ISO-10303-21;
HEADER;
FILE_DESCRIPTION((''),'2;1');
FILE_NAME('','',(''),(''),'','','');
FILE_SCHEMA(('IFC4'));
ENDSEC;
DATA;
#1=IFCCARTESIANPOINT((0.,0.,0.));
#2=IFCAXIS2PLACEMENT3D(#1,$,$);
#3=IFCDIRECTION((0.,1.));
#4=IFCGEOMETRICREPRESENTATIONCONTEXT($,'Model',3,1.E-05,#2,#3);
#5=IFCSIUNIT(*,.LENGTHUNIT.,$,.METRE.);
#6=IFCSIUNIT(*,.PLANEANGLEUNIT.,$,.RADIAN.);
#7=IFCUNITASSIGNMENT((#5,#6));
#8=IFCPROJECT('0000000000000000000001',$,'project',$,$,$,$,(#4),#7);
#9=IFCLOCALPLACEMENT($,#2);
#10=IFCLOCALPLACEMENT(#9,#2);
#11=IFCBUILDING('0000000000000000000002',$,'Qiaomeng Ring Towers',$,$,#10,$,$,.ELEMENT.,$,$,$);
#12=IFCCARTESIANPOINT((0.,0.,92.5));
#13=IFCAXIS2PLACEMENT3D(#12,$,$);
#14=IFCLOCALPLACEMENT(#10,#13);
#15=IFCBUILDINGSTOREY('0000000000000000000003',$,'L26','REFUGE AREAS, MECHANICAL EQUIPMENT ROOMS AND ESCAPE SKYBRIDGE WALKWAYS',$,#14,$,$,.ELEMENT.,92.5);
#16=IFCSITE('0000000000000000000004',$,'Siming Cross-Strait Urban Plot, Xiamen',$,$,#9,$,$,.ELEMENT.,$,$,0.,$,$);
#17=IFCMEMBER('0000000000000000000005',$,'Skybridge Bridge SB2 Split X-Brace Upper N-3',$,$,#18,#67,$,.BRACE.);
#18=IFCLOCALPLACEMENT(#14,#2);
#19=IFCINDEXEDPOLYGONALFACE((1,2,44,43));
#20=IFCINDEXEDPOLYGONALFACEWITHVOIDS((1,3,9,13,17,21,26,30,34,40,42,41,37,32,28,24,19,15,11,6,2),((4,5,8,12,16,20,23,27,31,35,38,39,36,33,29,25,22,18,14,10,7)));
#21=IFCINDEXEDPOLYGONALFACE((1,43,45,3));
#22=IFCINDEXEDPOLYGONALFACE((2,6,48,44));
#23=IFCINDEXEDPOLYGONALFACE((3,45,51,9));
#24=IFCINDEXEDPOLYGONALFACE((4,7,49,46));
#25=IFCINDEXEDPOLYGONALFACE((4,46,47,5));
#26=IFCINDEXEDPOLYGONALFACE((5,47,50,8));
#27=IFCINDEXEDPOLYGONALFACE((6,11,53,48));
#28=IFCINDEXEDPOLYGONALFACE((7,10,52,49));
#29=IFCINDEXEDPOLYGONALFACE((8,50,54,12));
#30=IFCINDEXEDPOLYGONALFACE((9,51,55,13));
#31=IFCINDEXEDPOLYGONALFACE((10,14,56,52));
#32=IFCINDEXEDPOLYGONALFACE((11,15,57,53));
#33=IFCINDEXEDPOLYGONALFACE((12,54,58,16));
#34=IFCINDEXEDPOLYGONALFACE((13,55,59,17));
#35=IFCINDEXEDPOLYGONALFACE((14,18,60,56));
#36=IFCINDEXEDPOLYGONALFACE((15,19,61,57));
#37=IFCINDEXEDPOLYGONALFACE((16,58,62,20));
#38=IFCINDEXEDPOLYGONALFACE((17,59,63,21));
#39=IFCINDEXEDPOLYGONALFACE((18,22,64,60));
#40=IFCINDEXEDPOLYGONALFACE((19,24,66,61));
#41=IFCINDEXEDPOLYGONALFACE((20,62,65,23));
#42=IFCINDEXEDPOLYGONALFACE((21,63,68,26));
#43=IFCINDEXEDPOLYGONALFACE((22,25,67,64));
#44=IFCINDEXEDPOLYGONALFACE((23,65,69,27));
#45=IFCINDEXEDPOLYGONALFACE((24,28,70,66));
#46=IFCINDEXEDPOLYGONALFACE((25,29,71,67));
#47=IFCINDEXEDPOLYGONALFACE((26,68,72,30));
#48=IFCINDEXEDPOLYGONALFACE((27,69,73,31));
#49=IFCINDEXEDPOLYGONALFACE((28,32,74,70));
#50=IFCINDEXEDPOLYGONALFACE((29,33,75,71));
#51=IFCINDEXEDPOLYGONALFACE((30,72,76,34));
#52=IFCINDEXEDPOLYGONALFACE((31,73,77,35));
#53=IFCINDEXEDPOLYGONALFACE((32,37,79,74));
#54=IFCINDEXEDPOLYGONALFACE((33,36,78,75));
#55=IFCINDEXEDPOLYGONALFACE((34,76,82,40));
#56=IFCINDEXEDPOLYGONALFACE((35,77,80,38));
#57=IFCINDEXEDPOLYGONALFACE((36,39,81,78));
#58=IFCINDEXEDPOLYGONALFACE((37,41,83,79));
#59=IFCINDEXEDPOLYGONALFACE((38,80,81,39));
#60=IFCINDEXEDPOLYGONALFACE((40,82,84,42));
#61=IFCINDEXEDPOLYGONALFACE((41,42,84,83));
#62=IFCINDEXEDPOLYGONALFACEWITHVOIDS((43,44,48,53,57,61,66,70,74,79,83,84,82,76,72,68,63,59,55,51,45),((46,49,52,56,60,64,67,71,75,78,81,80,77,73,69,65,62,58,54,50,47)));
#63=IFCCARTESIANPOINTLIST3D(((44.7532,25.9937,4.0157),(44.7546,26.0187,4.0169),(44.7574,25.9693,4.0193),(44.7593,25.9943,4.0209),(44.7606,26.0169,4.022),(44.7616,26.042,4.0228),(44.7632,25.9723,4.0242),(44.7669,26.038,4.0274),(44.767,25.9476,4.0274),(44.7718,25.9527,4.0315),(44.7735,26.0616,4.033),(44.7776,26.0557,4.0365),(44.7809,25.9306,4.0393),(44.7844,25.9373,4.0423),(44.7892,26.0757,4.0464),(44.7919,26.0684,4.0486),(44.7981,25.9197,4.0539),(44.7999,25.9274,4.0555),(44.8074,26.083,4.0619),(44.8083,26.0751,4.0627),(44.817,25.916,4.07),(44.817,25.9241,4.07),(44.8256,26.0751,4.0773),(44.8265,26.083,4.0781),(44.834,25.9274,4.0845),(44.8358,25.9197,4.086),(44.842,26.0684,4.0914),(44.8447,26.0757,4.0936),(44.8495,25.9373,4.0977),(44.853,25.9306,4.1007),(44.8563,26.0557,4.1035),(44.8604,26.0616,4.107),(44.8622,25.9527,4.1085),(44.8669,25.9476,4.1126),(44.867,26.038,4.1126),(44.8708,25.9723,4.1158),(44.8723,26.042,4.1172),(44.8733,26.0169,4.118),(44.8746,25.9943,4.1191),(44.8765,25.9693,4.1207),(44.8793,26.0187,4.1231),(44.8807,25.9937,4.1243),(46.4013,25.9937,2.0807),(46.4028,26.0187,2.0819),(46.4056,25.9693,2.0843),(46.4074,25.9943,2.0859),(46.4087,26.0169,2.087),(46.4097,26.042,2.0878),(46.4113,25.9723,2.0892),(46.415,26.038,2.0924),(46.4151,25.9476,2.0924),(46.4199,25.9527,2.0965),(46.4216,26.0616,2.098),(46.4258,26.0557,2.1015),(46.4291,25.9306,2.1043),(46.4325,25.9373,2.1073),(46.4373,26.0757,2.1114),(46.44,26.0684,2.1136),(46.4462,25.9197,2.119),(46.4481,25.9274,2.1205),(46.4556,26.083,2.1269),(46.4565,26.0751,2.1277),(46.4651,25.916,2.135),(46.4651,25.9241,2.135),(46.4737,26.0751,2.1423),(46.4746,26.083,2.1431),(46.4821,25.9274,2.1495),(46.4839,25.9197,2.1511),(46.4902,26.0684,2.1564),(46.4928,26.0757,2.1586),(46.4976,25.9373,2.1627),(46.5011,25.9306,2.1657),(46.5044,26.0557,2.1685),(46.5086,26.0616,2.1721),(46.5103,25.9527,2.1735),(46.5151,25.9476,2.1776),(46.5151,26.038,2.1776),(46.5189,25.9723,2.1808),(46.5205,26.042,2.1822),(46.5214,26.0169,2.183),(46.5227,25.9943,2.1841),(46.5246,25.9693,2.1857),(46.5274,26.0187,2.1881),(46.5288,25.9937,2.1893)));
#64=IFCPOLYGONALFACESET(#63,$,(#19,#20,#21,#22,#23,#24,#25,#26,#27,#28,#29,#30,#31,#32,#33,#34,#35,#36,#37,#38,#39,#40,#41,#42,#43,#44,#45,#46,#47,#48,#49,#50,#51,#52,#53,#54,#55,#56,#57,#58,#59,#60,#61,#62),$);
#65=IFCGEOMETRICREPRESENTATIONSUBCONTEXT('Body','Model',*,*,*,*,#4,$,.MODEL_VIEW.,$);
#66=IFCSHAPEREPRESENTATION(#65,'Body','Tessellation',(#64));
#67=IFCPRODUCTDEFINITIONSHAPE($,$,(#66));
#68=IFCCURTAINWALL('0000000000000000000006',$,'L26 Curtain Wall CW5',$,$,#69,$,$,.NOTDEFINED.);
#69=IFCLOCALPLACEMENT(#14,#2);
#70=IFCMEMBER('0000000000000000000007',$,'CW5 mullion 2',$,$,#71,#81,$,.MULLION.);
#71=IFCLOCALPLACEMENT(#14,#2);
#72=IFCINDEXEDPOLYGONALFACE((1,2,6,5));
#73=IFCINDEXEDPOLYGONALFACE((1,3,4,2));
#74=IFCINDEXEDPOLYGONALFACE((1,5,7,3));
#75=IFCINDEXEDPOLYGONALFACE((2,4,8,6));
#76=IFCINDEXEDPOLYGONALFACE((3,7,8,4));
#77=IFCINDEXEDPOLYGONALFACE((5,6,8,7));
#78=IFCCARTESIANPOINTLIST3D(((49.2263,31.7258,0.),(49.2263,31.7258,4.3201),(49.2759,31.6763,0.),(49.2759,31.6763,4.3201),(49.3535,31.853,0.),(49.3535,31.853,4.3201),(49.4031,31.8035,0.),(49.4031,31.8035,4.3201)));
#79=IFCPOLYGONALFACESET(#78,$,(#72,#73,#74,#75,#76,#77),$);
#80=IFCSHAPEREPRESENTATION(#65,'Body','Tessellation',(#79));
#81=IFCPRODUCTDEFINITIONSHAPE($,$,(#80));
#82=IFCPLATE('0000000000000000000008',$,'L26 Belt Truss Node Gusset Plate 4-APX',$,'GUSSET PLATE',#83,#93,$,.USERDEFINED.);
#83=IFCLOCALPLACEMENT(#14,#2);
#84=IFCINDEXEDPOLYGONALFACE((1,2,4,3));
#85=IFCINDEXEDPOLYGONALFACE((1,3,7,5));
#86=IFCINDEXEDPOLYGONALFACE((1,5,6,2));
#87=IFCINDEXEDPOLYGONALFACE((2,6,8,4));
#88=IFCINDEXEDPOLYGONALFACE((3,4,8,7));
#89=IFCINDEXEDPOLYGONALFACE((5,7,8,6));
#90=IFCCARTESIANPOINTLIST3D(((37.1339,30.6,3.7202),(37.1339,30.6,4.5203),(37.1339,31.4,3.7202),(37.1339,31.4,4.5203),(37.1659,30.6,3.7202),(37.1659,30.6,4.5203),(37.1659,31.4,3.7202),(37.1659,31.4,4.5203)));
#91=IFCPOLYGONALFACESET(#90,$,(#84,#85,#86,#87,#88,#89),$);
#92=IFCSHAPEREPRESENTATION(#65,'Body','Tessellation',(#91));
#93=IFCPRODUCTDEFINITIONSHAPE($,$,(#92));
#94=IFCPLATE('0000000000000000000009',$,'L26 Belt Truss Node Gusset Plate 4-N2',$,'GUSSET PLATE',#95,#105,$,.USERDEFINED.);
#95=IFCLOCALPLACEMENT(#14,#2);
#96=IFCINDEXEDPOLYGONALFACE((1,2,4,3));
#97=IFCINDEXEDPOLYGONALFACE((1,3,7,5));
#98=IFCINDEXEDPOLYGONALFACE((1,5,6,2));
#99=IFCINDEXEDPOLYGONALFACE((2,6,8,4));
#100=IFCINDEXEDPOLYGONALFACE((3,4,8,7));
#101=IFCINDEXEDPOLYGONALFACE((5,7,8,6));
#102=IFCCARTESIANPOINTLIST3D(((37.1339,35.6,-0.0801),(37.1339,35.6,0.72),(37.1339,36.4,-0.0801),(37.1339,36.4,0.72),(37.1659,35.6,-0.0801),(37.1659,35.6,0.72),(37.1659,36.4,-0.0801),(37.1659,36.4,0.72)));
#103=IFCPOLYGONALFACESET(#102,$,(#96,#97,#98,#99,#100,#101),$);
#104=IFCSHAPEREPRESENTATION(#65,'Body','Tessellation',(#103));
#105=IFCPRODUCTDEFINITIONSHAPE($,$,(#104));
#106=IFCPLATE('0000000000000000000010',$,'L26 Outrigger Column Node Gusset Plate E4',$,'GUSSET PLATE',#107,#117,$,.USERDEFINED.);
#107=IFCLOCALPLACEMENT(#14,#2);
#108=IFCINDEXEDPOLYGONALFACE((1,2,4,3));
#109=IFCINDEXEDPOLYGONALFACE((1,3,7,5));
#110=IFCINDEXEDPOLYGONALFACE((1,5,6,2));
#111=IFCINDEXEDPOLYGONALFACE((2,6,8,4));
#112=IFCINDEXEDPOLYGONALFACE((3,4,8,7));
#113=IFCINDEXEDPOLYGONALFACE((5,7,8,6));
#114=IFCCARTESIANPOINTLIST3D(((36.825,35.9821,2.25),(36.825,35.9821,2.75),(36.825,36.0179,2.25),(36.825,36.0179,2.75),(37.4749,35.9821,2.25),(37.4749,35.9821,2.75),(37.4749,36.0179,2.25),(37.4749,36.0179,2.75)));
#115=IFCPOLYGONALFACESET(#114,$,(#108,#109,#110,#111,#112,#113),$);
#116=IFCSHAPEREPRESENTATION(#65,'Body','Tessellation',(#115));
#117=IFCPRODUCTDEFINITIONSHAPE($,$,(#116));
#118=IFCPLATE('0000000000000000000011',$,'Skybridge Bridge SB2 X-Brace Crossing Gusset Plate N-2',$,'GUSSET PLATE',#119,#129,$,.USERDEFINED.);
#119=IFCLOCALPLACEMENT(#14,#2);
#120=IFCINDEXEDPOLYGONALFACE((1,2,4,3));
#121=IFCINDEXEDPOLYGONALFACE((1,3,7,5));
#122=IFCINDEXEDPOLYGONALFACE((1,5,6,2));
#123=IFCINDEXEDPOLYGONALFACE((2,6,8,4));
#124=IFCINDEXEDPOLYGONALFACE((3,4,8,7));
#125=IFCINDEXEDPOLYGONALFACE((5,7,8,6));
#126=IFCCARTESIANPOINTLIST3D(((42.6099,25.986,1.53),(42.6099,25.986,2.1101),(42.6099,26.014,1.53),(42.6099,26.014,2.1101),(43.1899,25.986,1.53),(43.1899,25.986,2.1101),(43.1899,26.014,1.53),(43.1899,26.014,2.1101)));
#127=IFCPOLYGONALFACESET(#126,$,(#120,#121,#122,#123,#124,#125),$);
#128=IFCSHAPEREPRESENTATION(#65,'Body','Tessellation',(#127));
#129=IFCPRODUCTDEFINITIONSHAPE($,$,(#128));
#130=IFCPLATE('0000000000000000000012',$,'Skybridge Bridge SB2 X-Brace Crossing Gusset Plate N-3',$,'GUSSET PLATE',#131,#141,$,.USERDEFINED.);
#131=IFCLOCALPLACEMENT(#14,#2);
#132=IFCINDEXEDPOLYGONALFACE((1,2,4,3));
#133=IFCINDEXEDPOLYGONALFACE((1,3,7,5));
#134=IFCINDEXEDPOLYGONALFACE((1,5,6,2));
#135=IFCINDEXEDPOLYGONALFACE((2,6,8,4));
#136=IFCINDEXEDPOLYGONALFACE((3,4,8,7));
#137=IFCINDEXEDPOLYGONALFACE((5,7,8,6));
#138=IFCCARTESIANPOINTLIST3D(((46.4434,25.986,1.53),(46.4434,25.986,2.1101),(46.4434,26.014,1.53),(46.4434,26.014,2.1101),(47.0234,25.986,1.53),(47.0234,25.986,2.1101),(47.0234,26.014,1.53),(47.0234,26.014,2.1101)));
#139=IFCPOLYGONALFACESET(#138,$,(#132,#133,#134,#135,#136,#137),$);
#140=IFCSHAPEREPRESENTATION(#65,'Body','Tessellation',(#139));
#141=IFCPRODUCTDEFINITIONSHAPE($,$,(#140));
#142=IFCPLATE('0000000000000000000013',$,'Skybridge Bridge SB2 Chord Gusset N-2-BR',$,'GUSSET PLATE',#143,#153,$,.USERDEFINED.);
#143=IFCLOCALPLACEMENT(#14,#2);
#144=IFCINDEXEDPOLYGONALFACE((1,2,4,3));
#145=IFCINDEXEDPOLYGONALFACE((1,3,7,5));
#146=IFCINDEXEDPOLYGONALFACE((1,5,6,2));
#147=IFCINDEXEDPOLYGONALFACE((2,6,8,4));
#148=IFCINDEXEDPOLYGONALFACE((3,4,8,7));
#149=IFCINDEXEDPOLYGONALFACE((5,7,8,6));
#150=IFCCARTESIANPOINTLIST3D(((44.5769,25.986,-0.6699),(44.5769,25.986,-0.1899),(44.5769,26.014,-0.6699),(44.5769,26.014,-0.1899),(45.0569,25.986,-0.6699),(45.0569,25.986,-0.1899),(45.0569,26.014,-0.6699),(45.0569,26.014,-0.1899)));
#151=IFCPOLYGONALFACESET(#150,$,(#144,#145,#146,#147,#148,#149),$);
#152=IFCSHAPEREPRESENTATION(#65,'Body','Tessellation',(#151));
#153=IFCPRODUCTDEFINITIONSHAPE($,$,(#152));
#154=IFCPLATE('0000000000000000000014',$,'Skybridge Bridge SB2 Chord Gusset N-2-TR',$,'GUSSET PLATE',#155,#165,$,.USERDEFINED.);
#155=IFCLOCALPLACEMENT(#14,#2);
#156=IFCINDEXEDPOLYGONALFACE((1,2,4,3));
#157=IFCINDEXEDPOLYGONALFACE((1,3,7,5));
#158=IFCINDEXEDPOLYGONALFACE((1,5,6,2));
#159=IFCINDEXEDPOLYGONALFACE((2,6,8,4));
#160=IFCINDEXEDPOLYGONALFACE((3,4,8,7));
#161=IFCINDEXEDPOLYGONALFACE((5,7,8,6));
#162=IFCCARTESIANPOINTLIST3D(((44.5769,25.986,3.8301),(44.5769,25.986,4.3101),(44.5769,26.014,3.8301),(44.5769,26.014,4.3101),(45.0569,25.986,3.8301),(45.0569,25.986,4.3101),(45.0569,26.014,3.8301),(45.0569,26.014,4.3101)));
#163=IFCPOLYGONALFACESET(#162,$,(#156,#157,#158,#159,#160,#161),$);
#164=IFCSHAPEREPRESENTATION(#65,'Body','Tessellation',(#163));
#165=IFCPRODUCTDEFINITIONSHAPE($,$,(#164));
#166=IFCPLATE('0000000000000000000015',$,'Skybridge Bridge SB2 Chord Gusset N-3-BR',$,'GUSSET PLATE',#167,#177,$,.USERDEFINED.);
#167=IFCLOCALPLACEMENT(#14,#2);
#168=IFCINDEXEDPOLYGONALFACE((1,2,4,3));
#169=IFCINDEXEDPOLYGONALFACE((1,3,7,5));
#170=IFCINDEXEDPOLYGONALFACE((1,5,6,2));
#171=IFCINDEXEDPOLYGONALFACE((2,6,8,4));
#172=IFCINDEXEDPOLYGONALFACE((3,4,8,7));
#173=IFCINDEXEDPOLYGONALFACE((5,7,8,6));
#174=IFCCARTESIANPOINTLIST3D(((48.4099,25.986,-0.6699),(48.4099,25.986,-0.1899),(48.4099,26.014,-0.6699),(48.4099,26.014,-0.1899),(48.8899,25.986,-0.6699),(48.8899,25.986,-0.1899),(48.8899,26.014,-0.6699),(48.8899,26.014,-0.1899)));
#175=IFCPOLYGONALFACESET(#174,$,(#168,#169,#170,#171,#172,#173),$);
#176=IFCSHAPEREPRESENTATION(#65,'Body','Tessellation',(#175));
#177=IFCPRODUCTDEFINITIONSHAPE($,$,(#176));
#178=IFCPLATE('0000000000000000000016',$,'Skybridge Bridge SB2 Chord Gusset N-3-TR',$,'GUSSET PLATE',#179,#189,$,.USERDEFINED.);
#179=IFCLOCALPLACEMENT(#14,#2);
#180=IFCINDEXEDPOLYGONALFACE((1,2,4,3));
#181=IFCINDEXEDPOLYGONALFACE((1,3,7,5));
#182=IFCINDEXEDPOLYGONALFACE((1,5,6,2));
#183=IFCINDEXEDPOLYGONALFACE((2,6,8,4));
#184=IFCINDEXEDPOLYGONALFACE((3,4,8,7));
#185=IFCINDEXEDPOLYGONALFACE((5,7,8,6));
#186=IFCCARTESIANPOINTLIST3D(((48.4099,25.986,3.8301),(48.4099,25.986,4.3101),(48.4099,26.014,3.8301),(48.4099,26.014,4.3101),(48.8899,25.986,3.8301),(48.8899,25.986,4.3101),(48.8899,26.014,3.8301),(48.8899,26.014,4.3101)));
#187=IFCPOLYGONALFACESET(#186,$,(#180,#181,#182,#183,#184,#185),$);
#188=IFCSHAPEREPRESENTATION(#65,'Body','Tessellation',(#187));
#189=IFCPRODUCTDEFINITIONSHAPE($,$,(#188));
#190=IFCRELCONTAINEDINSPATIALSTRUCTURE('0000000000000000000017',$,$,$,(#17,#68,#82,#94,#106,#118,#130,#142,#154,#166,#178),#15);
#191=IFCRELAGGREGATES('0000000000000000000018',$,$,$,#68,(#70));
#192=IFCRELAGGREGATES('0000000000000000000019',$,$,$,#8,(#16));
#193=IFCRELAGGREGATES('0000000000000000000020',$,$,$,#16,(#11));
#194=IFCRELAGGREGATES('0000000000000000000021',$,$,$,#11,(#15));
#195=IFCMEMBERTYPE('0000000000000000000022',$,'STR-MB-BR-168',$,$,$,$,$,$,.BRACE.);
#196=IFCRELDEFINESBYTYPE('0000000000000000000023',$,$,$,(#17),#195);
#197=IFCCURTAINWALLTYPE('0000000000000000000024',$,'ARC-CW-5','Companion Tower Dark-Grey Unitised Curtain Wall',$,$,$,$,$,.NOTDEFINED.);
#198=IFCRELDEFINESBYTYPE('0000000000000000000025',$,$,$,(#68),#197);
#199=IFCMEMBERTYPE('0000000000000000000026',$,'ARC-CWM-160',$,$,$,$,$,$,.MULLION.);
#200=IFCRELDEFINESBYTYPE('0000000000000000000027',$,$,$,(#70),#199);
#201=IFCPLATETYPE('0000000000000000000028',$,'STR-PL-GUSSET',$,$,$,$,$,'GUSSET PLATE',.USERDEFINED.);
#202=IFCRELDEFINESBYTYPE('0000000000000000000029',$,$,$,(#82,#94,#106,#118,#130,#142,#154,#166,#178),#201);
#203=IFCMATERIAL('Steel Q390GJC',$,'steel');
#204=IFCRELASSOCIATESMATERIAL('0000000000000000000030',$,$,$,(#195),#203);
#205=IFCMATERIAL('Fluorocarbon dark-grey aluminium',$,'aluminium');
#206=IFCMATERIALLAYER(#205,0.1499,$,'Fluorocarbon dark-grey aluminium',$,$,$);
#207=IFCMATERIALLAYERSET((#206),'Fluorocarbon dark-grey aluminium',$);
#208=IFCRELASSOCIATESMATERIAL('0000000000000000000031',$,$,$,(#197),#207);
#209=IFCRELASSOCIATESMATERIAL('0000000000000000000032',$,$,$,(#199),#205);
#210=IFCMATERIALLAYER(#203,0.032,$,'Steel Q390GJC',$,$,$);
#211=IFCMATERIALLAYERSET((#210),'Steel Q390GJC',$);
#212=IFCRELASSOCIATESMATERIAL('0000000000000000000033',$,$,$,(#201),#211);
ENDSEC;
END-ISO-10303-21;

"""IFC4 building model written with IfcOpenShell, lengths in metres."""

from ifc_helpers import new_model, si_unit, direction, frame, origin, origin_2d, place, context, subcontext, project, spatial, rectangle, hollow_circle, extrude, source, transform, mapped, material, layer, layer_set, material_profile, profile_set, type_object, element, aggregate, save


model = new_model("IFC4")

# Units and contexts
model_context = context("Model", 3, precision=1e-05, world=origin(), true_north=direction((0.0, 1.0)))
body_context = subcontext(model_context, "Body", "Model", "MODEL_VIEW")
ifc_project = project(units=[si_unit("LENGTHUNIT", "METRE"), si_unit("PLANEANGLEUNIT", "RADIAN")], contexts=[model_context])

# Site, building, storey
site_placement = place(None, origin())
site = spatial("IfcSite", under=ifc_project, at=site_placement, Name="Siming Cross-Strait Urban Plot, Xiamen", CompositionType="ELEMENT", RefElevation=0.0)
building_placement = place(site_placement, origin())
building = spatial("IfcBuilding", under=site, at=building_placement, Name="Qiaomeng Ring Towers", CompositionType="ELEMENT")
storey_placement = place(building_placement, frame((0.0, 0.0, 92.5)))
storey = spatial("IfcBuildingStorey", under=building, at=storey_placement, Name="L26", Description="REFUGE AREAS, MECHANICAL EQUIPMENT ROOMS AND ESCAPE SKYBRIDGE WALKWAYS", CompositionType="ELEMENT", Elevation=92.5)

# Shared definitions
ifc_material_1 = material(Name="Steel Q390GJC", Category="steel")

# Member
ifc_material_profile_1 = material_profile(ifc_material_1, hollow_circle(Radius=0.084, WallThickness=0.0081, at=origin_2d()), Name="CHS 168x8")
ifc_profile_set_1 = profile_set([ifc_material_profile_1], Name="Steel Q390GJC")
member_type_1 = type_object("IfcMemberType", Name="STR-MB-BR-168", PredefinedType="BRACE", material=ifc_profile_set_1)
shared_shape_1 = source(origin(), body_context, "Body", "SweptSolid", [
    extrude(hollow_circle(Radius=0.084, WallThickness=0.0081, at=origin_2d()), origin(), (0.0, 0.0, 1.0), 2.5417),
])
for number, where, z_axis, x_axis, name in (
    (1, (46.4651, 26.0, 2.135), (-0.648423, 0.0, 0.76128), (0.0, -1.0, 0.0), "Skybridge Bridge SB2 Split X-Brace Upper N-3"),
):
    element("IfcMember", number, at=place(storey_placement, frame(where, z_axis=z_axis, x_axis=x_axis)), inside=storey, type_object=member_type_1, Name=name, PredefinedType="BRACE", context=body_context, shape_type="MappedRepresentation", body=[
        mapped(shared_shape_1, transform((0.0, 0.0, 0.0), x_axis=(1.0, 0.0, 0.0), y_axis=(0.0, 1.0, 0.0), z_axis=(0.0, 0.0, 1.0), scale=1.0)),
    ])

# Curtain wall, member
ifc_material_2 = material(Name="Fluorocarbon dark-grey aluminium", Category="aluminium")
ifc_layer_1 = layer(ifc_material_2, 0.1499, Name="Fluorocarbon dark-grey aluminium")
ifc_layer_set_1 = layer_set([ifc_layer_1], Name="Fluorocarbon dark-grey aluminium")
curtain_wall_type = type_object("IfcCurtainWallType", Name="ARC-CW-5", Description="Companion Tower Dark-Grey Unitised Curtain Wall", PredefinedType="NOTDEFINED", material=ifc_layer_set_1)
curtain_wall_placement = place(storey_placement, origin())
curtain_wall = element("IfcCurtainWall", 2, at=curtain_wall_placement, inside=storey, type_object=curtain_wall_type, Name="L26 Curtain Wall CW5", PredefinedType="NOTDEFINED")
ifc_material_profile_2 = material_profile(ifc_material_2, rectangle(XDim=0.0701, YDim=0.1799, at=origin_2d()), Name="ALU MULL 70x180")
ifc_profile_set_2 = profile_set([ifc_material_profile_2], Name="Fluorocarbon dark-grey aluminium")
member_type_2 = type_object("IfcMemberType", Name="ARC-CWM-160", PredefinedType="MULLION", material=ifc_profile_set_2)
shared_shape_2 = source(origin(), body_context, "Body", "SweptSolid", [
    extrude(rectangle(XDim=0.0701, YDim=0.1799, at=origin_2d()), origin(), (0.0, 0.0, 1.0), 4.3201),
])
member_1_placement = place(storey_placement, frame((49.3147, 31.7646, 0.0), z_axis=(0.0, 0.0, 1.0), x_axis=(0.707107, -0.707107, 0.0)))
member_1 = element("IfcMember", 3, at=member_1_placement, type_object=member_type_2, Name="CW5 mullion 2", PredefinedType="MULLION", context=body_context, shape_type="MappedRepresentation", body=[
    mapped(shared_shape_2, transform((0.0, 0.0, 0.0), x_axis=(1.0, 0.0, 0.0), y_axis=(0.0, 1.0, 0.0), z_axis=(0.0, 0.0, 1.0), scale=1.0)),
])

# Plates
ifc_layer_2 = layer(ifc_material_1, 0.032, Name="Steel Q390GJC")
ifc_layer_set_2 = layer_set([ifc_layer_2], Name="Steel Q390GJC")
plate_type_1 = type_object("IfcPlateType", Name="STR-PL-GUSSET", ElementType="GUSSET PLATE", PredefinedType="USERDEFINED", material=ifc_layer_set_2)
shared_shape_3 = source(origin(), body_context, "Body", "SweptSolid", [
    extrude(rectangle(XDim=0.8, YDim=0.032, at=origin_2d()), origin(), (0.0, 0.0, 1.0), 0.8),
])
for number, where, z_axis, x_axis, name in (
    (4, (37.1499, 31.0, 3.7202), (0.0, 0.0, 1.0), (0.0, 1.0, 0.0), "L26 Belt Truss Node Gusset Plate 4-APX"),
    (5, (37.1499, 36.0, -0.0801), (0.0, 0.0, 1.0), (0.0, 1.0, 0.0), "L26 Belt Truss Node Gusset Plate 4-N2"),
):
    element("IfcPlate", number, at=place(storey_placement, frame(where, z_axis=z_axis, x_axis=x_axis)), inside=storey, type_object=plate_type_1, Name=name, ObjectType="GUSSET PLATE", PredefinedType="USERDEFINED", context=body_context, shape_type="MappedRepresentation", body=[
        mapped(shared_shape_3, transform((0.0, 0.0, 0.0), x_axis=(1.0, 0.0, 0.0), y_axis=(0.0, 1.0, 0.0), z_axis=(0.0, 0.0, 1.0), scale=1.0)),
    ])
shared_shape_4 = source(origin(), body_context, "Body", "SweptSolid", [
    extrude(rectangle(XDim=0.6499, YDim=0.0359, at=origin_2d()), origin(), (0.0, 0.0, 1.0), 0.5),
])
plate_1_placement = place(storey_placement, frame((37.1499, 36.0, 2.25), z_axis=(0.0, 0.0, 1.0), x_axis=(1.0, 0.0, 0.0)))
element("IfcPlate", 6, at=plate_1_placement, inside=storey, type_object=plate_type_1, Name="L26 Outrigger Column Node Gusset Plate E4", ObjectType="GUSSET PLATE", PredefinedType="USERDEFINED", context=body_context, shape_type="MappedRepresentation", body=[
    mapped(shared_shape_4, transform((0.0, 0.0, 0.0), x_axis=(1.0, 0.0, 0.0), y_axis=(0.0, 1.0, 0.0), z_axis=(0.0, 0.0, 1.0), scale=1.0)),
])
shared_shape_5 = source(origin(), body_context, "Body", "SweptSolid", [
    extrude(rectangle(XDim=0.5801, YDim=0.0281, at=origin_2d()), origin(), (0.0, 0.0, 1.0), 0.5801),
])
for number, where, z_axis, x_axis, name in (
    (7, (42.8999, 26.0, 1.53), (0.0, 0.0, 1.0), (1.0, 0.0, 0.0), "Skybridge Bridge SB2 X-Brace Crossing Gusset Plate N-2"),
    (8, (46.7334, 26.0, 1.53), (0.0, 0.0, 1.0), (1.0, 0.0, 0.0), "Skybridge Bridge SB2 X-Brace Crossing Gusset Plate N-3"),
):
    element("IfcPlate", number, at=place(storey_placement, frame(where, z_axis=z_axis, x_axis=x_axis)), inside=storey, type_object=plate_type_1, Name=name, ObjectType="GUSSET PLATE", PredefinedType="USERDEFINED", context=body_context, shape_type="MappedRepresentation", body=[
        mapped(shared_shape_5, transform((0.0, 0.0, 0.0), x_axis=(1.0, 0.0, 0.0), y_axis=(0.0, 1.0, 0.0), z_axis=(0.0, 0.0, 1.0), scale=1.0)),
    ])
shared_shape_6 = source(origin(), body_context, "Body", "SweptSolid", [
    extrude(rectangle(XDim=0.48, YDim=0.0281, at=origin_2d()), origin(), (0.0, 0.0, 1.0), 0.48),
])
for number, where, z_axis, x_axis, name in (
    (9, (44.8169, 26.0, -0.6699), (0.0, 0.0, 1.0), (1.0, 0.0, 0.0), "Skybridge Bridge SB2 Chord Gusset N-2-BR"),
    (10, (44.8169, 26.0, 3.8301), (0.0, 0.0, 1.0), (1.0, 0.0, 0.0), "Skybridge Bridge SB2 Chord Gusset N-2-TR"),
    (11, (48.6499, 26.0, -0.6699), (0.0, 0.0, 1.0), (1.0, 0.0, 0.0), "Skybridge Bridge SB2 Chord Gusset N-3-BR"),
    (12, (48.6499, 26.0, 3.8301), (0.0, 0.0, 1.0), (1.0, 0.0, 0.0), "Skybridge Bridge SB2 Chord Gusset N-3-TR"),
):
    element("IfcPlate", number, at=place(storey_placement, frame(where, z_axis=z_axis, x_axis=x_axis)), inside=storey, type_object=plate_type_1, Name=name, ObjectType="GUSSET PLATE", PredefinedType="USERDEFINED", context=body_context, shape_type="MappedRepresentation", body=[
        mapped(shared_shape_6, transform((0.0, 0.0, 0.0), x_axis=(1.0, 0.0, 0.0), y_axis=(0.0, 1.0, 0.0), z_axis=(0.0, 0.0, 1.0), scale=1.0)),
    ])

aggregate(curtain_wall, [member_1])

save(model, "model.ifc")
